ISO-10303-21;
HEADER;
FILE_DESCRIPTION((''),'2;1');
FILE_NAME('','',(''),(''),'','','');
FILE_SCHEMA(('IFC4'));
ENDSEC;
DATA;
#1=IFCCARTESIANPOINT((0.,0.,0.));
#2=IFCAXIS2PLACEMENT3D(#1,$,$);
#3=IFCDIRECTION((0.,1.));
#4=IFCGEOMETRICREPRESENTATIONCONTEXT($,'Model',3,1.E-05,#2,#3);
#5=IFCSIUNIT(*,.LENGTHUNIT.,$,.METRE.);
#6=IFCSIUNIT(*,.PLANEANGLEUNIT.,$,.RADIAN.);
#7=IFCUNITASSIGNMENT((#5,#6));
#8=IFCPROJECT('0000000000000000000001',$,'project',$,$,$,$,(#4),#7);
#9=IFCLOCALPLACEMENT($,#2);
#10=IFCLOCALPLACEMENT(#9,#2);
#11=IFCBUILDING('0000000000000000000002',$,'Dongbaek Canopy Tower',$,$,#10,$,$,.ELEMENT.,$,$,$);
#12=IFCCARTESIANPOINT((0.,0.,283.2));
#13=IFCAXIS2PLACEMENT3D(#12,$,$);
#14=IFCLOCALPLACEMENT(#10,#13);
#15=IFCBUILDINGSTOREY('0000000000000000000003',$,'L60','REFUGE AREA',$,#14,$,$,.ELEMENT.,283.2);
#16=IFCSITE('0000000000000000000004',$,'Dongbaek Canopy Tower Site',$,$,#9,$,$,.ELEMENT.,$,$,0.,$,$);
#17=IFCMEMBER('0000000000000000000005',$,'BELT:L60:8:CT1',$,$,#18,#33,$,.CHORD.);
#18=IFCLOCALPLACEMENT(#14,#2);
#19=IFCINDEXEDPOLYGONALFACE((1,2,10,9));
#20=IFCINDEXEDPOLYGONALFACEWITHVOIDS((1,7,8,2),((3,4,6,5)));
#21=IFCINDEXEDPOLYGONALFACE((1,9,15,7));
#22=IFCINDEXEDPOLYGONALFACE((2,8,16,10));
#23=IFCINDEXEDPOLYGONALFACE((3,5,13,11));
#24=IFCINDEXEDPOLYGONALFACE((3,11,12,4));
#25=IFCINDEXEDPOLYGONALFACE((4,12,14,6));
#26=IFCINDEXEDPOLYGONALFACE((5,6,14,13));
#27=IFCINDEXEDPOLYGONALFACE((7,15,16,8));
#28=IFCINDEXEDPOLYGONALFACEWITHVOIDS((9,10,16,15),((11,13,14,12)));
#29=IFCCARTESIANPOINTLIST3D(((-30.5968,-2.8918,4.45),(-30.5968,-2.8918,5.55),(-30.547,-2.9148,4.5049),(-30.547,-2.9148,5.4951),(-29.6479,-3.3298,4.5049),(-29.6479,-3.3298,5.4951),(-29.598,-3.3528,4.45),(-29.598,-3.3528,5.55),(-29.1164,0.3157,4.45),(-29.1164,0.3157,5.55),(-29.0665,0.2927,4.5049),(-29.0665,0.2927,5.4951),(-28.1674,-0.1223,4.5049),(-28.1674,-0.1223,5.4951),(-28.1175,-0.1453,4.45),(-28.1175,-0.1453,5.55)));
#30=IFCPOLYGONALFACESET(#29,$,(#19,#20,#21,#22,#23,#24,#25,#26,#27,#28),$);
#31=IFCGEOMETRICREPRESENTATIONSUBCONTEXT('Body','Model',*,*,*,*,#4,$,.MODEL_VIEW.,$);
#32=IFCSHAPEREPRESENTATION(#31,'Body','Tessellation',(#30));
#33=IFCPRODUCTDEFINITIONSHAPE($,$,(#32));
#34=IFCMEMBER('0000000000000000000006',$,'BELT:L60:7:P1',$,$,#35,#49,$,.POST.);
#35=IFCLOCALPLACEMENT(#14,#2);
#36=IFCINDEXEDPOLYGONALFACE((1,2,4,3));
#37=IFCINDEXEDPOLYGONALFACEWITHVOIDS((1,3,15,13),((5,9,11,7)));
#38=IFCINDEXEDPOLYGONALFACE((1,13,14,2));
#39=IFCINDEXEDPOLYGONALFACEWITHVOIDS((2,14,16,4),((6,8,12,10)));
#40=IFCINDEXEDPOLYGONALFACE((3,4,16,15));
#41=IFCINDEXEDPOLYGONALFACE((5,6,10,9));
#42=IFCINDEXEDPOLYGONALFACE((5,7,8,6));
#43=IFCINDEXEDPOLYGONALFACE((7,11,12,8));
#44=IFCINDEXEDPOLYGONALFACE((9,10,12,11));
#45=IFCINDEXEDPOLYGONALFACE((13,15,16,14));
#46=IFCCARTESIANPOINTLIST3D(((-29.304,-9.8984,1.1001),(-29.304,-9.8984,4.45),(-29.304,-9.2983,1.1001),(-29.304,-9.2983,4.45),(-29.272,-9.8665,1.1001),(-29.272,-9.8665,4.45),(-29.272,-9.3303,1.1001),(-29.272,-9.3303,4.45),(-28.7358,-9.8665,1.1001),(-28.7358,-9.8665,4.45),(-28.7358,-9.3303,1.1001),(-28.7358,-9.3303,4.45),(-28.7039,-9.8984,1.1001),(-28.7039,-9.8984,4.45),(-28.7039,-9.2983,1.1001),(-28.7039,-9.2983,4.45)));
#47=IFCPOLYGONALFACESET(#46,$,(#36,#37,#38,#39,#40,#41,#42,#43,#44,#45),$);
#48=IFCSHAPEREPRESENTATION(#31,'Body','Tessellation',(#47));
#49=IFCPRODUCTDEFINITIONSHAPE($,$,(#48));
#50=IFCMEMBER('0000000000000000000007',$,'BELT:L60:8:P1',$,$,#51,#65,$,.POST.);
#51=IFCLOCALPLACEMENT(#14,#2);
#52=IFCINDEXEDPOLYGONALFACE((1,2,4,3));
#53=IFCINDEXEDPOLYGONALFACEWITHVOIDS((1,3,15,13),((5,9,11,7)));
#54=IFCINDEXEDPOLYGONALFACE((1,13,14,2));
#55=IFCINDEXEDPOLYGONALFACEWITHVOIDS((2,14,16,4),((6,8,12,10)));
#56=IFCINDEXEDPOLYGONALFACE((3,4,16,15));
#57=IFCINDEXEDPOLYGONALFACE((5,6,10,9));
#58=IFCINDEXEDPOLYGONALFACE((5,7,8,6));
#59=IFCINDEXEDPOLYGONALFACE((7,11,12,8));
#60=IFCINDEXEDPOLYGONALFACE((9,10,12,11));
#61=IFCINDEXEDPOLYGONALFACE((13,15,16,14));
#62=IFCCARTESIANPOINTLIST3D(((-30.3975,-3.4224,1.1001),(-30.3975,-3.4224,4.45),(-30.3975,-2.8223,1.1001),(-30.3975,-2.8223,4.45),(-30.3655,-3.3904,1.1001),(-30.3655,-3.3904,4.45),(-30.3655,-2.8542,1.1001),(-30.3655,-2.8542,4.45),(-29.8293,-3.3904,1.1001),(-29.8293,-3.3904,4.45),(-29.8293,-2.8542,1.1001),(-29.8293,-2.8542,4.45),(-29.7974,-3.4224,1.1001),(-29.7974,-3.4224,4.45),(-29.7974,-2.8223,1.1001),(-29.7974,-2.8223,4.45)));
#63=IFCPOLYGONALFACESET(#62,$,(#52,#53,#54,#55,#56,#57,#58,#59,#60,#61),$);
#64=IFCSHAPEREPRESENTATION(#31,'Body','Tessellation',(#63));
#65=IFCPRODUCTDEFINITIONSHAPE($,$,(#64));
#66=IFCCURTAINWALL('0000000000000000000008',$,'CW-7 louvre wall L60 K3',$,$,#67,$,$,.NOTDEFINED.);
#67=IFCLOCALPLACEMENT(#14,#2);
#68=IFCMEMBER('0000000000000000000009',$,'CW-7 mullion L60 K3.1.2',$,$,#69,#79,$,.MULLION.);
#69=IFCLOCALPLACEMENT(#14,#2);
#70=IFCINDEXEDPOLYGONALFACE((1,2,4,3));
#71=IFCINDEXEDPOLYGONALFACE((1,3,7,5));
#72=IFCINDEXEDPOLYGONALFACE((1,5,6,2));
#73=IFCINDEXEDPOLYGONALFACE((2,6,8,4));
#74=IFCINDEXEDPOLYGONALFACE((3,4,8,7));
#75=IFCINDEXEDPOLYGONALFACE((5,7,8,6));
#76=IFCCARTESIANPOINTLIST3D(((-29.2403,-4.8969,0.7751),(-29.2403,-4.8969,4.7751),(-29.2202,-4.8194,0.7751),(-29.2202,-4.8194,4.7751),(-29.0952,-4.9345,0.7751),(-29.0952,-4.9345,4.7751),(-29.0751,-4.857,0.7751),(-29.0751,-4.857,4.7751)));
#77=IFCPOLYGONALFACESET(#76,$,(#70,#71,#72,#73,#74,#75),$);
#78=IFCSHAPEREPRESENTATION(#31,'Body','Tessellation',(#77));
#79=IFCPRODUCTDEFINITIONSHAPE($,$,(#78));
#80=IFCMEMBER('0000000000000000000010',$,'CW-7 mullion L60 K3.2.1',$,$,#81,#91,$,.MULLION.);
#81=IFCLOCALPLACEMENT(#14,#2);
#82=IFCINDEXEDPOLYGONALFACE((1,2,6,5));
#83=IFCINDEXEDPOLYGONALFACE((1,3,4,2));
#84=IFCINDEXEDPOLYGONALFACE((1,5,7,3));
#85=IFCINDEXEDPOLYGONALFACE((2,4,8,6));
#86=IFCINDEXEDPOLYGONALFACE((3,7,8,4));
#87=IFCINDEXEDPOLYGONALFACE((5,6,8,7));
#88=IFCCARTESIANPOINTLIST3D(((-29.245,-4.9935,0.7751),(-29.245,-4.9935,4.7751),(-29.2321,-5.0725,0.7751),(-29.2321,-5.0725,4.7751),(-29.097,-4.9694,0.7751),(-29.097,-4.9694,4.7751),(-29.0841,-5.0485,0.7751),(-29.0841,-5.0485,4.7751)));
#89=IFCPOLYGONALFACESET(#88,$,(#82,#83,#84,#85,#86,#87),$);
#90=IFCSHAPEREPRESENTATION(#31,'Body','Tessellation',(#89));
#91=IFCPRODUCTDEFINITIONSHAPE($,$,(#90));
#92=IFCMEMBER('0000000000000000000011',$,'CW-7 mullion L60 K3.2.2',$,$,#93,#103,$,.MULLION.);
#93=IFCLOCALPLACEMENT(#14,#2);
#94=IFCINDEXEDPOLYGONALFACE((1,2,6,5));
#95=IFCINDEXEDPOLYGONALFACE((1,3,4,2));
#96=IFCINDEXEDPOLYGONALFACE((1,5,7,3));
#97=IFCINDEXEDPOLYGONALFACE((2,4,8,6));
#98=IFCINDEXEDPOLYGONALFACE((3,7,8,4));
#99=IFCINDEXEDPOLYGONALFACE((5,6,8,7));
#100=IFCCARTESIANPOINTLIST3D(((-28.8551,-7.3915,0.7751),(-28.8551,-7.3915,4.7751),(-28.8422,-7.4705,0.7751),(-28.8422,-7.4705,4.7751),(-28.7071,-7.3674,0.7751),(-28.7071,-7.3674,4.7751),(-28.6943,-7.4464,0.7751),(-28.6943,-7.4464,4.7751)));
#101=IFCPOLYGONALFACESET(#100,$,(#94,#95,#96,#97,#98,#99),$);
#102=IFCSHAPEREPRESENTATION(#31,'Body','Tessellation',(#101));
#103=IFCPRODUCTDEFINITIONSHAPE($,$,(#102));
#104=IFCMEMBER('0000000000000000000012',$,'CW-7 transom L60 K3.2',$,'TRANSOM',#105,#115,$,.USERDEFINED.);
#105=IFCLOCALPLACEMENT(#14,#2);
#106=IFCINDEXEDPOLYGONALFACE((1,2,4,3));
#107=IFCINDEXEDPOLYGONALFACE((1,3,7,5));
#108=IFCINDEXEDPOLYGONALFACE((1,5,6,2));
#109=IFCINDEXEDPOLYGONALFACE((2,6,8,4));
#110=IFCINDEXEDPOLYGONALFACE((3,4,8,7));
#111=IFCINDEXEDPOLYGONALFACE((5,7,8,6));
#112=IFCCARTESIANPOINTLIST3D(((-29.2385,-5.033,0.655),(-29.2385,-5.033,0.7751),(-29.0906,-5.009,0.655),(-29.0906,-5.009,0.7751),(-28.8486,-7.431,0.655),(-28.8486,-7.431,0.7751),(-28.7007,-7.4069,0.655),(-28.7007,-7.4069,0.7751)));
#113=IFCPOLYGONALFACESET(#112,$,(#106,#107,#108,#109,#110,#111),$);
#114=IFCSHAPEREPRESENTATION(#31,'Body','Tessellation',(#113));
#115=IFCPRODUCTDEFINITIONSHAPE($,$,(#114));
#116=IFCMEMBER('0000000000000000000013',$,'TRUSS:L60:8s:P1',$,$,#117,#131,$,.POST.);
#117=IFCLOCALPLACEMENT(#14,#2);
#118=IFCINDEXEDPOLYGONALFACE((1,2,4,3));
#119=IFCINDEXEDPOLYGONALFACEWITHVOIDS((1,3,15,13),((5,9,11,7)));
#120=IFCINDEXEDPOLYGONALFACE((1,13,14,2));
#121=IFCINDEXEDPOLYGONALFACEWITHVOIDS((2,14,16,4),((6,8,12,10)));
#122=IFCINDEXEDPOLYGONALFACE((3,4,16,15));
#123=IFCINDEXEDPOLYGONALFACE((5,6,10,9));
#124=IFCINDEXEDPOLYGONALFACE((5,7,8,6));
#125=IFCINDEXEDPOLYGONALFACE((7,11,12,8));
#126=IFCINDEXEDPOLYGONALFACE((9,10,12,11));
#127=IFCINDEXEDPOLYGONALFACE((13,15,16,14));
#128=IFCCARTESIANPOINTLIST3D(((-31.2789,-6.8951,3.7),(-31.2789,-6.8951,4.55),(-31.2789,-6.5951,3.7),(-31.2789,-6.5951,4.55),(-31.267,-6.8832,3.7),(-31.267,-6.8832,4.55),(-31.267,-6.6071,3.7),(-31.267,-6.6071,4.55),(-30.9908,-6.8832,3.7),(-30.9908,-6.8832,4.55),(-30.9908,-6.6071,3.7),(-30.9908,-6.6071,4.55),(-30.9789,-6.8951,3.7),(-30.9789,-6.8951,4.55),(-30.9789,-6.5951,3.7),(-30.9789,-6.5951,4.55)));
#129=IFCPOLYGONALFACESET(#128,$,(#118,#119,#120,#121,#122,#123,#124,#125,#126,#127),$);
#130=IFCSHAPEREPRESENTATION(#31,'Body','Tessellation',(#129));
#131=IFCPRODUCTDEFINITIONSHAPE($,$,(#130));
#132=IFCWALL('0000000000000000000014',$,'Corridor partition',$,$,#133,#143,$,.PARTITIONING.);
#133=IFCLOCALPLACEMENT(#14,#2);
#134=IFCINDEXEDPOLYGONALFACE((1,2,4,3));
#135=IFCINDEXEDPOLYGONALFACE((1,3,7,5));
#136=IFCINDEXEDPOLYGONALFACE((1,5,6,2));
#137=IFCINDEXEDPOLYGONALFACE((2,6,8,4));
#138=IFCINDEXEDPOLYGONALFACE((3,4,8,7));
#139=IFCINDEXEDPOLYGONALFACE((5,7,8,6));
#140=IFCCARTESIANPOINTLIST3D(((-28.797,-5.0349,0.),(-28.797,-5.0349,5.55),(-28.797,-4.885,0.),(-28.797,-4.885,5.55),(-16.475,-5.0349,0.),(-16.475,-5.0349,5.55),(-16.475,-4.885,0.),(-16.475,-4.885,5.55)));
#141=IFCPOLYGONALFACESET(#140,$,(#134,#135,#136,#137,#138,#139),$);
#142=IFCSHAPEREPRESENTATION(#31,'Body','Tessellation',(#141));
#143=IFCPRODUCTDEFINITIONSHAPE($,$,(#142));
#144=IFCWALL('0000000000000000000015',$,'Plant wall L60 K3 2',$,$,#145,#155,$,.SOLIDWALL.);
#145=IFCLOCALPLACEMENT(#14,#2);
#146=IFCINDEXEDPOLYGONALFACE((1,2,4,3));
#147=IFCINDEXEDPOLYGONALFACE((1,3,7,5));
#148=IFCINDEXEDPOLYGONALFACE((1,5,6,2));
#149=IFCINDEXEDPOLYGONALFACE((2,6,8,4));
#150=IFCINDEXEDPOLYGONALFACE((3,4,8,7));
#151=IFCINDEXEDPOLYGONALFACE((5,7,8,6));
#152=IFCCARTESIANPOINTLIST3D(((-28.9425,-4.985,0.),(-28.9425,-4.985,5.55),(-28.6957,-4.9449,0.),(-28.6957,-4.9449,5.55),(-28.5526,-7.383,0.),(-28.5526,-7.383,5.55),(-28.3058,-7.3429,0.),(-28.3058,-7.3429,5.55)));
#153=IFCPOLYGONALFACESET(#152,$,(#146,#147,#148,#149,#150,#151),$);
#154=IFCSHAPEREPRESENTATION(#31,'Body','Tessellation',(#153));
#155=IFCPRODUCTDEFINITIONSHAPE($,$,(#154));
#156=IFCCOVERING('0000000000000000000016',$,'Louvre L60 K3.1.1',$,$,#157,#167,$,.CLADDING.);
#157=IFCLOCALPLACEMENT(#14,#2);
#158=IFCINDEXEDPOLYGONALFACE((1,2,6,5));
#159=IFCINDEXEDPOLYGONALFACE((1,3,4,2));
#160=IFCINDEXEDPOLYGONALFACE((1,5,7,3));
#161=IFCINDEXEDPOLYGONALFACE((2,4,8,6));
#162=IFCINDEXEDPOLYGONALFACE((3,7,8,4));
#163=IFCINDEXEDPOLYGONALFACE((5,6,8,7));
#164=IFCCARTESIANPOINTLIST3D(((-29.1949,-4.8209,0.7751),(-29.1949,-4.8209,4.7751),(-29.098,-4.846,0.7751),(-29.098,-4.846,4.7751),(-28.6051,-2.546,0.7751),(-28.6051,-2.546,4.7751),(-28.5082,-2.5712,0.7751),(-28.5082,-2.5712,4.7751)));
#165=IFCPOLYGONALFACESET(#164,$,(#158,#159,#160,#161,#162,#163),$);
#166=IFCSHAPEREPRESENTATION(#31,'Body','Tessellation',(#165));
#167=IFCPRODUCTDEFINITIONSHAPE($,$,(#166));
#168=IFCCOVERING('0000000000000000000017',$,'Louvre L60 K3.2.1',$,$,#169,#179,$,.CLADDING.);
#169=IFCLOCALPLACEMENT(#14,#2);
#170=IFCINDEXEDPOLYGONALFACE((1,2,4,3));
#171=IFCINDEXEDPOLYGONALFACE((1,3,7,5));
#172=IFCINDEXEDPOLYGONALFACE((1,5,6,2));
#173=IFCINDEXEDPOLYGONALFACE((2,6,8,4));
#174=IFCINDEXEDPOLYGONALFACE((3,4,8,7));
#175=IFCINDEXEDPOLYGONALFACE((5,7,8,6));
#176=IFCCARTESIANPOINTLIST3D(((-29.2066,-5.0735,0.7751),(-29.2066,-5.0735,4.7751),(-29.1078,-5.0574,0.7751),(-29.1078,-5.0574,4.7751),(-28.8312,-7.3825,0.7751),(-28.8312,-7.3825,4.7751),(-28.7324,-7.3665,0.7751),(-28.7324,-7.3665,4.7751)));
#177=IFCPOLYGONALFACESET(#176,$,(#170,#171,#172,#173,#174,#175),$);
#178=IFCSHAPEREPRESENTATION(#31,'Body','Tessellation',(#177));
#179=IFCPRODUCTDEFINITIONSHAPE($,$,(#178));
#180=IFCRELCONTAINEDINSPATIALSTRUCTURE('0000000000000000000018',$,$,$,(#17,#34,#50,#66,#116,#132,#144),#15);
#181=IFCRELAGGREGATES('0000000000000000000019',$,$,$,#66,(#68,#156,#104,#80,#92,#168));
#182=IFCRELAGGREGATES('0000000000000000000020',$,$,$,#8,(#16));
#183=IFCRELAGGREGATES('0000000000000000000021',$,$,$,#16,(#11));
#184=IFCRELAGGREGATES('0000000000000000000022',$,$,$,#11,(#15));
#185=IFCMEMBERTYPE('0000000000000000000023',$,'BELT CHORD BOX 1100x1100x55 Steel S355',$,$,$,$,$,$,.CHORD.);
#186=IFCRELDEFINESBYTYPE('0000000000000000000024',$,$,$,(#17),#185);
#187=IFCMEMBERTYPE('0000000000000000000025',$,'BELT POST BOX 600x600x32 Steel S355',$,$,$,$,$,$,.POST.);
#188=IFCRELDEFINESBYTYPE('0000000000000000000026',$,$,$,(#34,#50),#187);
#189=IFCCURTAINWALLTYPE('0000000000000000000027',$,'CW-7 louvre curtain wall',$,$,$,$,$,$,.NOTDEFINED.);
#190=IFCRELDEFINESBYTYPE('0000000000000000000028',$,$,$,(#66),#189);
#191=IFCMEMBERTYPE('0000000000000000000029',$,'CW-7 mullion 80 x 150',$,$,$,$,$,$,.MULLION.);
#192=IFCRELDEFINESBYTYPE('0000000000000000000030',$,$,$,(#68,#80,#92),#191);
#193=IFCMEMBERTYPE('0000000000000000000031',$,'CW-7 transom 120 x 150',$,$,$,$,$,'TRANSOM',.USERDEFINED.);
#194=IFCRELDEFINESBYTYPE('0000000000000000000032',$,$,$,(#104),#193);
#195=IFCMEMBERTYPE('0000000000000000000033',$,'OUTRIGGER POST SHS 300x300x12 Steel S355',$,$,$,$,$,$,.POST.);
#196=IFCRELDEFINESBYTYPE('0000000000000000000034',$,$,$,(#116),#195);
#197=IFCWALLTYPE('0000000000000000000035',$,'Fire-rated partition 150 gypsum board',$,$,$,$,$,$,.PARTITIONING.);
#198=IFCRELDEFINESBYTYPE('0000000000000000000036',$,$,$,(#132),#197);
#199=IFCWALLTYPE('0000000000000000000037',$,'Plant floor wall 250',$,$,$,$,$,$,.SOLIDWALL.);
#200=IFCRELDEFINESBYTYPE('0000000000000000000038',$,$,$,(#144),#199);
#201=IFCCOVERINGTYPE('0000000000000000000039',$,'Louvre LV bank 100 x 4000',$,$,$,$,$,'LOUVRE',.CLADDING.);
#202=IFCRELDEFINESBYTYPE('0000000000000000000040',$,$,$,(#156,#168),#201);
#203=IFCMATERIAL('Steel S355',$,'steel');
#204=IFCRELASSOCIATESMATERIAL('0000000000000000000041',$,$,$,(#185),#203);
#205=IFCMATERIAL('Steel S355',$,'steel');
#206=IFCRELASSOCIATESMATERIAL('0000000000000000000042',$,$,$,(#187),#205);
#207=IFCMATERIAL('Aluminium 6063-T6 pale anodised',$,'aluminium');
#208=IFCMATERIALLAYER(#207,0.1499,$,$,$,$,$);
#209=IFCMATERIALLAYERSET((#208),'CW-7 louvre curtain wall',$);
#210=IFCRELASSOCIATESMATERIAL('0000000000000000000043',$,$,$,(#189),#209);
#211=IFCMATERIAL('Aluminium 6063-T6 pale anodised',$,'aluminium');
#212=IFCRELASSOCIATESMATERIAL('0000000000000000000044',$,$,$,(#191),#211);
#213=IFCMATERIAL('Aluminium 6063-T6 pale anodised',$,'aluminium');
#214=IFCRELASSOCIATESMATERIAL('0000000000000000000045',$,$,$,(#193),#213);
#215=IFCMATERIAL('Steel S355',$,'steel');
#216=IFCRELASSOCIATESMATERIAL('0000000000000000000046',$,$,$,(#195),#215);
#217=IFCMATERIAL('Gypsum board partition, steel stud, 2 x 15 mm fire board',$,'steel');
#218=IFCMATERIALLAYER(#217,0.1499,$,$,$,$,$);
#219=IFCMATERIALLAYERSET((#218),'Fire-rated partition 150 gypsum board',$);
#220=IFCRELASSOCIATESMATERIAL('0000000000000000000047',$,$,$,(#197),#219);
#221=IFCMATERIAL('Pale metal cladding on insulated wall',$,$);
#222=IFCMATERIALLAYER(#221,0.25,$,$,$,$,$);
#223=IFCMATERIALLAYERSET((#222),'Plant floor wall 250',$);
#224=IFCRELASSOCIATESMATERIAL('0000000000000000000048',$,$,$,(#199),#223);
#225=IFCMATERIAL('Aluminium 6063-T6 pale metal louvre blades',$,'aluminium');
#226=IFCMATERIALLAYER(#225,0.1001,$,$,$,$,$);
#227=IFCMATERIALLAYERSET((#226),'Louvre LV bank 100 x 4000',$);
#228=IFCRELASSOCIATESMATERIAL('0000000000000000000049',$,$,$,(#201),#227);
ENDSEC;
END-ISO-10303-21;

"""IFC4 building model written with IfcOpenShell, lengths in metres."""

from ifc_helpers import new_model, si_unit, direction, frame, frame_2d, origin, origin_2d, place, context, subcontext, project, spatial, rectangle, hollow_rectangle, extrude, material, layer, layer_set, material_profile, profile_set, type_object, element, aggregate, save


model = new_model("IFC4")

# Units and contexts
model_context = context("Model", 3, precision=1e-05, world=origin(), true_north=direction((0.0, 1.0)))
body_context = subcontext(model_context, "Body", "Model", "MODEL_VIEW")
ifc_project = project(units=[si_unit("LENGTHUNIT", "METRE"), si_unit("PLANEANGLEUNIT", "RADIAN")], contexts=[model_context])

# Site, building, storey
site_placement = place(None, origin())
site = spatial("IfcSite", under=ifc_project, at=site_placement, Name="Dongbaek Canopy Tower Site", CompositionType="ELEMENT", RefElevation=0.0)
building_placement = place(site_placement, origin())
building = spatial("IfcBuilding", under=site, at=building_placement, Name="Dongbaek Canopy Tower", CompositionType="ELEMENT")
storey_placement = place(building_placement, frame((0.0, 0.0, 283.2)))
storey = spatial("IfcBuildingStorey", under=building, at=storey_placement, Name="L60", Description="REFUGE AREA", CompositionType="ELEMENT", Elevation=283.2)

# Members
ifc_material_1 = material(Name="Steel S355", Category="steel")
ifc_material_profile_1 = material_profile(ifc_material_1, hollow_rectangle(XDim=1.1001, YDim=1.1001, WallThickness=0.0549, at=origin_2d()), Name="BELT CHORD BOX 1100x1100x55 Steel S355")
ifc_profile_set_1 = profile_set([ifc_material_profile_1], Name="Steel S355")
member_type_1 = type_object("IfcMemberType", Name="BELT CHORD BOX 1100x1100x55 Steel S355", PredefinedType="CHORD", material=ifc_profile_set_1)
for number, where, z_axis, x_axis, name in (
    (1, (-30.0974, -3.1223, 5.0), (0.419076, 0.907951, 0.0), (-0.907951, 0.419076, 0.0), "BELT:L60:8:CT1"),
):
    element("IfcMember", number, at=place(storey_placement, frame(where, z_axis=z_axis, x_axis=x_axis)), inside=storey, type_object=member_type_1, Name=name, PredefinedType="CHORD", context=body_context, shape_type="SweptSolid", body=[
        extrude(hollow_rectangle(XDim=1.1001, YDim=1.1001, WallThickness=0.0549, at=origin_2d()), origin(), (0.0, 0.0, 1.0), 3.5327),
    ])
ifc_material_2 = material(Name="Steel S355", Category="steel")
ifc_material_profile_2 = material_profile(ifc_material_2, hollow_rectangle(XDim=0.6001, YDim=0.6001, WallThickness=0.032, at=origin_2d()), Name="BELT POST BOX 600x600x32 Steel S355")
ifc_profile_set_2 = profile_set([ifc_material_profile_2], Name="Steel S355")
member_type_2 = type_object("IfcMemberType", Name="BELT POST BOX 600x600x32 Steel S355", PredefinedType="POST", material=ifc_profile_set_2)
for number, where, z_axis, x_axis, name in (
    (2, (-29.0039, -9.5984, 1.1001), (0.0, 0.0, 1.0), (1.0, 0.0, 0.0), "BELT:L60:7:P1"),
    (3, (-30.0974, -3.1223, 1.1001), (0.0, 0.0, 1.0), (1.0, 0.0, 0.0), "BELT:L60:8:P1"),
):
    element("IfcMember", number, at=place(storey_placement, frame(where, z_axis=z_axis, x_axis=x_axis)), inside=storey, type_object=member_type_2, Name=name, PredefinedType="POST", context=body_context, shape_type="SweptSolid", body=[
        extrude(hollow_rectangle(XDim=0.6001, YDim=0.6001, WallThickness=0.032, at=origin_2d()), origin(), (0.0, 0.0, 1.0), 3.3499),
    ])

# Curtain wall, members
ifc_material_3 = material(Name="Aluminium 6063-T6 pale anodised", Category="aluminium")
ifc_layer_1 = layer(ifc_material_3, 0.1499)
ifc_layer_set_1 = layer_set([ifc_layer_1], Name="CW-7 louvre curtain wall")
curtain_wall_type = type_object("IfcCurtainWallType", Name="CW-7 louvre curtain wall", PredefinedType="NOTDEFINED", material=ifc_layer_set_1)
curtain_wall_placement = place(storey_placement, origin())
curtain_wall = element("IfcCurtainWall", 4, at=curtain_wall_placement, inside=storey, type_object=curtain_wall_type, Name="CW-7 louvre wall L60 K3", PredefinedType="NOTDEFINED")
ifc_material_4 = material(Name="Aluminium 6063-T6 pale anodised", Category="aluminium")
ifc_material_profile_3 = material_profile(ifc_material_4, rectangle(XDim=0.1499, YDim=0.0801, at=origin_2d()), Name="CW-7 mullion 80 x 150")
ifc_profile_set_3 = profile_set([ifc_material_profile_3], Name="Aluminium 6063-T6 pale anodised")
member_type_3 = type_object("IfcMemberType", Name="CW-7 mullion 80 x 150", PredefinedType="MULLION", material=ifc_profile_set_3)
member_1_placement = place(storey_placement, frame((-29.1577, -4.877, 0.7751), z_axis=(0.0, 0.0, 1.0), x_axis=(-0.967992, 0.25098, 0.0)))
member_1 = element("IfcMember", 5, at=member_1_placement, type_object=member_type_3, Name="CW-7 mullion L60 K3.1.2", PredefinedType="MULLION", context=body_context, shape_type="SweptSolid", body=[
    extrude(rectangle(XDim=0.1499, YDim=0.0801, at=origin_2d()), origin(), (0.0, 0.0, 1.0), 4.0),
])
member_2_placement = place(storey_placement, frame((-29.1646, -5.021, 0.7751), z_axis=(0.0, 0.0, 1.0), x_axis=(-0.987037, -0.16049, 0.0)))
member_2 = element("IfcMember", 6, at=member_2_placement, type_object=member_type_3, Name="CW-7 mullion L60 K3.2.1", PredefinedType="MULLION", context=body_context, shape_type="SweptSolid", body=[
    extrude(rectangle(XDim=0.1499, YDim=0.0801, at=origin_2d()), origin(), (0.0, 0.0, 1.0), 4.0),
])
member_3_placement = place(storey_placement, frame((-28.7747, -7.4189, 0.7751), z_axis=(0.0, 0.0, 1.0), x_axis=(-0.987037, -0.16049, 0.0)))
member_3 = element("IfcMember", 7, at=member_3_placement, type_object=member_type_3, Name="CW-7 mullion L60 K3.2.2", PredefinedType="MULLION", context=body_context, shape_type="SweptSolid", body=[
    extrude(rectangle(XDim=0.1499, YDim=0.0801, at=origin_2d()), origin(), (0.0, 0.0, 1.0), 4.0),
])
ifc_material_5 = material(Name="Aluminium 6063-T6 pale anodised", Category="aluminium")
ifc_material_profile_4 = material_profile(ifc_material_5, rectangle(XDim=0.1499, YDim=0.1201, at=origin_2d()), Name="CW-7 transom 120 x 150")
ifc_profile_set_4 = profile_set([ifc_material_profile_4], Name="Aluminium 6063-T6 pale anodised")
member_type_4 = type_object("IfcMemberType", Name="CW-7 transom 120 x 150", ElementType="TRANSOM", PredefinedType="USERDEFINED", material=ifc_profile_set_4)
member_4_placement = place(storey_placement, frame((-29.1646, -5.021, 0.7151), z_axis=(0.160487, -0.987038, 0.0), x_axis=(0.987038, 0.160487, 0.0)))
member_4 = element("IfcMember", 8, at=member_4_placement, type_object=member_type_4, Name="CW-7 transom L60 K3.2", ObjectType="TRANSOM", PredefinedType="USERDEFINED", context=body_context, shape_type="SweptSolid", body=[
    extrude(rectangle(XDim=0.1499, YDim=0.1201, at=origin_2d()), origin(), (0.0, 0.0, 1.0), 2.4294),
])

# Member
ifc_material_6 = material(Name="Steel S355", Category="steel")
ifc_material_profile_5 = material_profile(ifc_material_6, hollow_rectangle(XDim=0.3, YDim=0.3, WallThickness=0.012, at=origin_2d()), Name="OUTRIGGER POST SHS 300x300x12 Steel S355")
ifc_profile_set_5 = profile_set([ifc_material_profile_5], Name="Steel S355")
member_type_5 = type_object("IfcMemberType", Name="OUTRIGGER POST SHS 300x300x12 Steel S355", PredefinedType="POST", material=ifc_profile_set_5)
member_5_placement = place(storey_placement, frame((-31.1289, -6.7451, 3.7), z_axis=(0.0, 0.0, 1.0), x_axis=(1.0, 0.0, 0.0)))
element("IfcMember", 9, at=member_5_placement, inside=storey, type_object=member_type_5, Name="TRUSS:L60:8s:P1", PredefinedType="POST", context=body_context, shape_type="SweptSolid", body=[
    extrude(hollow_rectangle(XDim=0.3, YDim=0.3, WallThickness=0.012, at=origin_2d()), origin(), (0.0, 0.0, 1.0), 0.8501),
])

# Walls
ifc_material_7 = material(Name="Gypsum board partition, steel stud, 2 x 15 mm fire board", Category="steel")
ifc_layer_2 = layer(ifc_material_7, 0.1499)
ifc_layer_set_2 = layer_set([ifc_layer_2], Name="Fire-rated partition 150 gypsum board")
wall_type_1 = type_object("IfcWallType", Name="Fire-rated partition 150 gypsum board", PredefinedType="PARTITIONING", material=ifc_layer_set_2)
wall_1_placement = place(storey_placement, frame((-28.7971, -4.96, 0.0), z_axis=(0.0, 0.0, 1.0), x_axis=(1.0, 0.0, 0.0)))
element("IfcWall", 10, at=wall_1_placement, inside=storey, type_object=wall_type_1, Name="Corridor partition", PredefinedType="PARTITIONING", context=body_context, shape_type="SweptSolid", body=[
    extrude(rectangle(XDim=12.322, YDim=0.1499, at=frame_2d((6.1611, 0.0))), origin(), (0.0, 0.0, 1.0), 5.55),
])
ifc_material_8 = material(Name="Pale metal cladding on insulated wall")
ifc_layer_3 = layer(ifc_material_8, 0.25)
ifc_layer_set_3 = layer_set([ifc_layer_3], Name="Plant floor wall 250")
wall_type_2 = type_object("IfcWallType", Name="Plant floor wall 250", PredefinedType="SOLIDWALL", material=ifc_layer_set_3)
wall_2_placement = place(storey_placement, frame((-28.8191, -4.9648, 0.0), z_axis=(0.0, 0.0, 1.0), x_axis=(0.160487, -0.987038, 0.0)))
element("IfcWall", 11, at=wall_2_placement, inside=storey, type_object=wall_type_2, Name="Plant wall L60 K3 2", PredefinedType="SOLIDWALL", context=body_context, shape_type="SweptSolid", body=[
    extrude(rectangle(XDim=2.4294, YDim=0.25, at=frame_2d((1.2148, 0.0))), origin(), (0.0, 0.0, 1.0), 5.55),
])

# Coverings
ifc_material_9 = material(Name="Aluminium 6063-T6 pale metal louvre blades", Category="aluminium")
ifc_layer_4 = layer(ifc_material_9, 0.1001)
ifc_layer_set_4 = layer_set([ifc_layer_4], Name="Louvre LV bank 100 x 4000")
covering_type = type_object("IfcCoveringType", Name="Louvre LV bank 100 x 4000", ElementType="LOUVRE", PredefinedType="CLADDING", material=ifc_layer_set_4)
covering_1_placement = place(storey_placement, frame((-28.8516, -3.696, 0.7751), z_axis=(0.0, 0.0, 1.0), x_axis=(-0.25098, -0.967992, 0.0)))
covering_1 = element("IfcCovering", 12, at=covering_1_placement, type_object=covering_type, Name="Louvre L60 K3.1.1", PredefinedType="CLADDING", context=body_context, shape_type="SweptSolid", body=[
    extrude(rectangle(XDim=2.3501, YDim=0.1001, at=origin_2d()), origin(), (0.0, 0.0, 1.0), 4.0),
])
covering_2_placement = place(storey_placement, frame((-28.9695, -6.22, 0.7751), z_axis=(0.0, 0.0, 1.0), x_axis=(0.16049, -0.987037, 0.0)))
covering_2 = element("IfcCovering", 13, at=covering_2_placement, type_object=covering_type, Name="Louvre L60 K3.2.1", PredefinedType="CLADDING", context=body_context, shape_type="SweptSolid", body=[
    extrude(rectangle(XDim=2.3394, YDim=0.1001, at=origin_2d()), origin(), (0.0, 0.0, 1.0), 4.0),
])

aggregate(curtain_wall, [member_1, covering_1, member_4, member_2, member_3, covering_2])

save(model, "model.ifc")
